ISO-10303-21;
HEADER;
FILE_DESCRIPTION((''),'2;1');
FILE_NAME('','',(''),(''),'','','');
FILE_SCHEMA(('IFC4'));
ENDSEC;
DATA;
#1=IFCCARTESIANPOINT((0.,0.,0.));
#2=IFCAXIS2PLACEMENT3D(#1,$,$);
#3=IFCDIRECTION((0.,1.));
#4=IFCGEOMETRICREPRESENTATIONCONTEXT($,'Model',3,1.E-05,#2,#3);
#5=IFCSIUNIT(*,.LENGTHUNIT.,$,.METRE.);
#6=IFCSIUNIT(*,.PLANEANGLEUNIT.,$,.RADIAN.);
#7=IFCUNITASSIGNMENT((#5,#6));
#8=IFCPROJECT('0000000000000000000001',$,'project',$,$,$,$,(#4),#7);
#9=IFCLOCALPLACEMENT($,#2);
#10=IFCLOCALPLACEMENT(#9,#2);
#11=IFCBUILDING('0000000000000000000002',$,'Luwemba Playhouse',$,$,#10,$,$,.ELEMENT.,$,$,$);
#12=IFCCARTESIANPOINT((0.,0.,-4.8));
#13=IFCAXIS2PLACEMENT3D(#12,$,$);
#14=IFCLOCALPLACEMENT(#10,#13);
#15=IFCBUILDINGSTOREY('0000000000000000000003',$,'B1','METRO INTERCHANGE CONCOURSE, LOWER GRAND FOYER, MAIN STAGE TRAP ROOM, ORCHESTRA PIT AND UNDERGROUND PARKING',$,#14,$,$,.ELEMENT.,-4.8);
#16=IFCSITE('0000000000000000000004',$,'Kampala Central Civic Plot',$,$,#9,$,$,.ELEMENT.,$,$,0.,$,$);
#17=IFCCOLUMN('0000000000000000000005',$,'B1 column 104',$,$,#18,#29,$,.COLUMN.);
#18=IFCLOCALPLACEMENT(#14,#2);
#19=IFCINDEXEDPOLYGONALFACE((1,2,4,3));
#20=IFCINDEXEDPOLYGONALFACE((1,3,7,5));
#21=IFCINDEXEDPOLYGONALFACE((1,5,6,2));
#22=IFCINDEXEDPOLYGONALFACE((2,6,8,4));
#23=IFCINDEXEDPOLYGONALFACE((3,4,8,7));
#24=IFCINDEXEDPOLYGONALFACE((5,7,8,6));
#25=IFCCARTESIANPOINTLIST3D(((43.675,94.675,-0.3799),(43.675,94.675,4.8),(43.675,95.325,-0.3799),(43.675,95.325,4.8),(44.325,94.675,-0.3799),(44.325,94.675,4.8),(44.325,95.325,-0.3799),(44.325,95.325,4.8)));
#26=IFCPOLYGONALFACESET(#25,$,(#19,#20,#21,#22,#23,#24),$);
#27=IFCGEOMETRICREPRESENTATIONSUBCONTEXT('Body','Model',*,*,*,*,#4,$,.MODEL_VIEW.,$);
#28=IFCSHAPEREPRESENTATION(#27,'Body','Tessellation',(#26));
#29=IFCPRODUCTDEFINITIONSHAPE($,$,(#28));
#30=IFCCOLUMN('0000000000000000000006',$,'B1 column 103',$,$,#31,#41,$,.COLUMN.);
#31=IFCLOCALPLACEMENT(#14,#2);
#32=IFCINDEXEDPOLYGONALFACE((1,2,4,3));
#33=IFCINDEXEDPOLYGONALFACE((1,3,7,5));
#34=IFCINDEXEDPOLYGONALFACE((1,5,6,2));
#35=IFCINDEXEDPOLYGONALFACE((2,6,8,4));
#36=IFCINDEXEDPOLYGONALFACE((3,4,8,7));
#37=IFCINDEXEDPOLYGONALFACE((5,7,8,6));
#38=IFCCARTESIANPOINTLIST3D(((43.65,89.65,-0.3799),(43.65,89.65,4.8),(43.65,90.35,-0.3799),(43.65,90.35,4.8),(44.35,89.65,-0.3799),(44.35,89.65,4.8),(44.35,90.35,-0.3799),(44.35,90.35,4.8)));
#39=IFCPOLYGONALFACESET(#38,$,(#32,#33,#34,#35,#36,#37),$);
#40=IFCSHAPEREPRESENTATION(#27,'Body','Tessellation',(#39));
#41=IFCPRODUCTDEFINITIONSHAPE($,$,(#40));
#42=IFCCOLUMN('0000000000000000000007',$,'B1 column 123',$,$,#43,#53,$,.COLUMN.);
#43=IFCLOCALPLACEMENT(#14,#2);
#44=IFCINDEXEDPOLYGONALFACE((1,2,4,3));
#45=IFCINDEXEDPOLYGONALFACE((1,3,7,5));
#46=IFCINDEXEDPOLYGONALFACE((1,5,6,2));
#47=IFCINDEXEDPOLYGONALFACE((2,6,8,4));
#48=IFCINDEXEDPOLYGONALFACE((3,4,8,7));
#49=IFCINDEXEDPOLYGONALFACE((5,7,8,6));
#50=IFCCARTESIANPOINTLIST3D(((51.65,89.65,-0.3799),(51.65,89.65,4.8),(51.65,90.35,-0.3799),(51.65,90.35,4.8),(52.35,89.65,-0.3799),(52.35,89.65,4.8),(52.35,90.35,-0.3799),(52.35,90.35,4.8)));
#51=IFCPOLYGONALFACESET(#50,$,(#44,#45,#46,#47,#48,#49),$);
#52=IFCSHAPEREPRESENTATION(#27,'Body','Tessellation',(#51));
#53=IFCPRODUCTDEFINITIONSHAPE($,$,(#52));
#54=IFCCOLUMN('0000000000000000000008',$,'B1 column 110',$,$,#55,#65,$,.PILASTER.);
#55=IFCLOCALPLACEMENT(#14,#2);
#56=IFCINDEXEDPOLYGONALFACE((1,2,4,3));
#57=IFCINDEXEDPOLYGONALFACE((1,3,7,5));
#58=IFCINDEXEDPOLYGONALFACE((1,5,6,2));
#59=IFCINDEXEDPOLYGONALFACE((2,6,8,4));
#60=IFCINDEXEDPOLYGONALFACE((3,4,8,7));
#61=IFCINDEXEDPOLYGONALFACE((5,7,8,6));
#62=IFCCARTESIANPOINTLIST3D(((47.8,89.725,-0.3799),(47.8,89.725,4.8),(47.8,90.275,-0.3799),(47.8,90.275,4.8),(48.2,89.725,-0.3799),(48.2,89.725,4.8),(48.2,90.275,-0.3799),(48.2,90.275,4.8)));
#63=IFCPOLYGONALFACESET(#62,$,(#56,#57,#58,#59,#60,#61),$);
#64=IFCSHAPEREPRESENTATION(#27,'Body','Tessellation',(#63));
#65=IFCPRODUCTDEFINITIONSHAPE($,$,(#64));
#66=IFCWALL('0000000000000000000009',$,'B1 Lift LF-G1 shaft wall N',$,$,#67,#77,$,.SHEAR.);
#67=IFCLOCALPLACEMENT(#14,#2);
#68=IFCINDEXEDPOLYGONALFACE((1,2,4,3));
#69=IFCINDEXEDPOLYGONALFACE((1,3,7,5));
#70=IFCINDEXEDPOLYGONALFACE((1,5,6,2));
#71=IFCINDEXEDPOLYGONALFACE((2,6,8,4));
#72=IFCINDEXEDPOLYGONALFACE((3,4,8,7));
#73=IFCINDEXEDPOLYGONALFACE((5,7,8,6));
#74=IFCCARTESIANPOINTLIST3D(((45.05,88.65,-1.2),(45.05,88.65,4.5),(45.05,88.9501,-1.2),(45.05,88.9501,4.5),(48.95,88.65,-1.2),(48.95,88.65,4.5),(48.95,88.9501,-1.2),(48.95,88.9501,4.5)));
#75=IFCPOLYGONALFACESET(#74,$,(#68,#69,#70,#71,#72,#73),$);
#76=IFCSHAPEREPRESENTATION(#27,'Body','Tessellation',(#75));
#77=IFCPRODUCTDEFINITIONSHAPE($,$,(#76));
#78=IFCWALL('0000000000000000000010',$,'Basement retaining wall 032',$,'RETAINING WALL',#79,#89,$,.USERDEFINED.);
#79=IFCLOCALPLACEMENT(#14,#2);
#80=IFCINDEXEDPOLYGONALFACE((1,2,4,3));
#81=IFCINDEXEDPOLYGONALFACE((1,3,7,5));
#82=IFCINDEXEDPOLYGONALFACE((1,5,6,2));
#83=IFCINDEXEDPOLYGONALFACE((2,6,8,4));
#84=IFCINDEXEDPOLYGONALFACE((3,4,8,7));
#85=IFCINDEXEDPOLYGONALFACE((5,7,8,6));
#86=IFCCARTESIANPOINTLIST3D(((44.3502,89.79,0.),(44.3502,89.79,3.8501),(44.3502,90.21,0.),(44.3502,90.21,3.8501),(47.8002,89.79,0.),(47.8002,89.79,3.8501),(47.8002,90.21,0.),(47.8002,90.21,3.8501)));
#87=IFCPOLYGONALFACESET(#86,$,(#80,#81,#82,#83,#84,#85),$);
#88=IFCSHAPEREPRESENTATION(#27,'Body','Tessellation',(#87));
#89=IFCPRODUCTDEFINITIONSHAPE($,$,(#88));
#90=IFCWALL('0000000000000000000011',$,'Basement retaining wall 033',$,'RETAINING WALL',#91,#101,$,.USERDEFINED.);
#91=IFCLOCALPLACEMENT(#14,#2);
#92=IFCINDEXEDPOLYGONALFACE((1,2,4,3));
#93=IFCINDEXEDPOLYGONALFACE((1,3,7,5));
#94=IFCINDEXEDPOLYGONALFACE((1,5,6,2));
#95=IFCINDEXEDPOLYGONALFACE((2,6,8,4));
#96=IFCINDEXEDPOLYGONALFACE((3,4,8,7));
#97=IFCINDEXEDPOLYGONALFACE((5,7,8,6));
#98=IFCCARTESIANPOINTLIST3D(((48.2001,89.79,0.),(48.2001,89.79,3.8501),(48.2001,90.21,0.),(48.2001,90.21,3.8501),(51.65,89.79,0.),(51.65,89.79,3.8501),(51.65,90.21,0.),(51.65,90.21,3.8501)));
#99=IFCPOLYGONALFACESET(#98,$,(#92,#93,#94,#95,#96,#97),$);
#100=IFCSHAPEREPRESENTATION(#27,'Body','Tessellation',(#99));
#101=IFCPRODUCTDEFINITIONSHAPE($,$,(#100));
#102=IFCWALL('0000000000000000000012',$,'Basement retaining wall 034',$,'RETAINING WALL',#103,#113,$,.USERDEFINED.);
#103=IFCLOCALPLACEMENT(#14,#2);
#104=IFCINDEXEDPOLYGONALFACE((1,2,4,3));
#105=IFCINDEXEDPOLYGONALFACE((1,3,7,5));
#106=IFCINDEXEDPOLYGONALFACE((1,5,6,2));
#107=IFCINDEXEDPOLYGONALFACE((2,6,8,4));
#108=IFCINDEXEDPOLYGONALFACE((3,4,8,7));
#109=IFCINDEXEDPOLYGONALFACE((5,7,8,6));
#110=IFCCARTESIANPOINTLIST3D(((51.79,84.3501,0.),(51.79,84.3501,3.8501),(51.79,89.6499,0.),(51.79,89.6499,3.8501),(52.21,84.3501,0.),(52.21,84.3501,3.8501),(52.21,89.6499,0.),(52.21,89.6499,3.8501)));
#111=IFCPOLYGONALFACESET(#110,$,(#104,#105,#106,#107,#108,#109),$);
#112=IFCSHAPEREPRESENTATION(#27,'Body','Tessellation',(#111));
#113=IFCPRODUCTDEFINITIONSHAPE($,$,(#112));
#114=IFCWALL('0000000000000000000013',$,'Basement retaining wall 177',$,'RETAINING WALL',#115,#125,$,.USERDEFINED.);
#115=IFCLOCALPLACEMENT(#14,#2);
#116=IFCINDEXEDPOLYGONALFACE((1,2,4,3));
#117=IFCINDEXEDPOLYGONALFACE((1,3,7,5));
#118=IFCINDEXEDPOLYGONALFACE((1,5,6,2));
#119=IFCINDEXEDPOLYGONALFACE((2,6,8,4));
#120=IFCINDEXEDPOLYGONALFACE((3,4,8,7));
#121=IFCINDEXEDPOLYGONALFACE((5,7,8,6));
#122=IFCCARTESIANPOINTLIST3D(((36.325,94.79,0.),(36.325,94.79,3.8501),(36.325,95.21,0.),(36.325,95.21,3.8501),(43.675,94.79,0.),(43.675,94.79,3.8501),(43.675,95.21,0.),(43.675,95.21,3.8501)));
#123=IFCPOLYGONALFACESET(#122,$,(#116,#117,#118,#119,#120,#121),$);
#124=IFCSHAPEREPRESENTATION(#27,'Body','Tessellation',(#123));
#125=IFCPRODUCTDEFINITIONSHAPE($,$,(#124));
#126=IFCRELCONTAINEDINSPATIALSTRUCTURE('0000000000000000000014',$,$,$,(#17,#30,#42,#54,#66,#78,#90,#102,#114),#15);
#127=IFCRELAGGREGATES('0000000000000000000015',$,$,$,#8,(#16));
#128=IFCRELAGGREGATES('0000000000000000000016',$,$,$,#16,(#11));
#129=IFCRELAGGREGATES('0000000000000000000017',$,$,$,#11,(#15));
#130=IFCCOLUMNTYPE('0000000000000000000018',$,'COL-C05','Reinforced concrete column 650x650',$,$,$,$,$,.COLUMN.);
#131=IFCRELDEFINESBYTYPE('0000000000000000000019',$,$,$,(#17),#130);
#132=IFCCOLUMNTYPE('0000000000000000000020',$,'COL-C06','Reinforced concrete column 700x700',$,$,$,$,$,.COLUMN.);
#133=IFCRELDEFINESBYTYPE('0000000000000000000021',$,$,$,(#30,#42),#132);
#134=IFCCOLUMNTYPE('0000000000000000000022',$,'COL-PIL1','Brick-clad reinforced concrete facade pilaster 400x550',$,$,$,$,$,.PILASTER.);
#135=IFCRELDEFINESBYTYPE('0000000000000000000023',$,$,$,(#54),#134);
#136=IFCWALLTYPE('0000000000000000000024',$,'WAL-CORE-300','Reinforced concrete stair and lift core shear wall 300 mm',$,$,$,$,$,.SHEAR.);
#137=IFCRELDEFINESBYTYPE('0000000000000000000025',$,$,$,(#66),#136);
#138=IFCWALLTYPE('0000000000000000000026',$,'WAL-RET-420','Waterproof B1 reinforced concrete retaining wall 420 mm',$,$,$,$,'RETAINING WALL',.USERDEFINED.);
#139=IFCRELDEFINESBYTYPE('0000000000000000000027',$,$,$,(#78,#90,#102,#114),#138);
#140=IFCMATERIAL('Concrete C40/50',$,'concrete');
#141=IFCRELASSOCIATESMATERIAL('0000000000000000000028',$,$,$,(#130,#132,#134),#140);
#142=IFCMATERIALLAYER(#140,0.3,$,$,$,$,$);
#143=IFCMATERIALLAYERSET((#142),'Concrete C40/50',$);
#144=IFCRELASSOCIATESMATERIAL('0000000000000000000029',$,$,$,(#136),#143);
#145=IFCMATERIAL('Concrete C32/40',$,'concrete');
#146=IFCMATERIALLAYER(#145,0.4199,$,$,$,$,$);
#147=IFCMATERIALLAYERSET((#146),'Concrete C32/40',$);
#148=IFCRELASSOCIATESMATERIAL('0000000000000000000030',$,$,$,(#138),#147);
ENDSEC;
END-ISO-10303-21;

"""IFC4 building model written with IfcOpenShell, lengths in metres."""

from ifc_helpers import new_model, si_unit, direction, frame, frame_2d, origin, origin_2d, place, context, subcontext, project, spatial, rectangle, extrude, material, layer, layer_set, material_profile, profile_set, type_object, element, save


model = new_model("IFC4")

# Units and contexts
model_context = context("Model", 3, precision=1e-05, world=origin(), true_north=direction((0.0, 1.0)))
body_context = subcontext(model_context, "Body", "Model", "MODEL_VIEW")
ifc_project = project(units=[si_unit("LENGTHUNIT", "METRE"), si_unit("PLANEANGLEUNIT", "RADIAN")], contexts=[model_context])

# Site, building, storey
site_placement = place(None, origin())
site = spatial("IfcSite", under=ifc_project, at=site_placement, Name="Kampala Central Civic Plot", CompositionType="ELEMENT", RefElevation=0.0)
building_placement = place(site_placement, origin())
building = spatial("IfcBuilding", under=site, at=building_placement, Name="Luwemba Playhouse", CompositionType="ELEMENT")
storey_placement = place(building_placement, frame((0.0, 0.0, -4.8)))
storey = spatial("IfcBuildingStorey", under=building, at=storey_placement, Name="B1", Description="METRO INTERCHANGE CONCOURSE, LOWER GRAND FOYER, MAIN STAGE TRAP ROOM, ORCHESTRA PIT AND UNDERGROUND PARKING", CompositionType="ELEMENT", Elevation=-4.8)

# Shared definitions
ifc_material_1 = material(Name="Concrete C32/40", Category="concrete")

# Columns
ifc_material_2 = material(Name="Concrete C40/50", Category="concrete")
ifc_material_profile_1 = material_profile(ifc_material_2, rectangle(XDim=0.6499, YDim=0.6499, at=origin_2d()))
ifc_profile_set_1 = profile_set([ifc_material_profile_1], Name="Concrete C40/50")
column_type_1 = type_object("IfcColumnType", Name="COL-C05", Description="Reinforced concrete column 650x650", PredefinedType="COLUMN", material=ifc_profile_set_1)
column_1_placement = place(storey_placement, frame((44.0, 95.0, -0.3799), z_axis=(0.0, 0.0, 1.0), x_axis=(1.0, 0.0, 0.0)))
element("IfcColumn", 1, at=column_1_placement, inside=storey, type_object=column_type_1, Name="B1 column 104", PredefinedType="COLUMN", context=body_context, shape_type="SweptSolid", body=[
    extrude(rectangle(XDim=0.6499, YDim=0.6499, at=origin_2d()), origin(), (0.0, 0.0, 1.0), 5.1799),
])
ifc_material_profile_2 = material_profile(ifc_material_2, rectangle(XDim=0.7, YDim=0.7, at=origin_2d()))
ifc_profile_set_2 = profile_set([ifc_material_profile_2], Name="Concrete C40/50")
column_type_2 = type_object("IfcColumnType", Name="COL-C06", Description="Reinforced concrete column 700x700", PredefinedType="COLUMN", material=ifc_profile_set_2)
for number, where, z_axis, x_axis, name in (
    (2, (44.0, 90.0, -0.3799), (0.0, 0.0, 1.0), (1.0, 0.0, 0.0), "B1 column 103"),
    (3, (52.0, 90.0, -0.3799), (0.0, 0.0, 1.0), (1.0, 0.0, 0.0), "B1 column 123"),
):
    element("IfcColumn", number, at=place(storey_placement, frame(where, z_axis=z_axis, x_axis=x_axis)), inside=storey, type_object=column_type_2, Name=name, PredefinedType="COLUMN", context=body_context, shape_type="SweptSolid", body=[
        extrude(rectangle(XDim=0.7, YDim=0.7, at=origin_2d()), origin(), (0.0, 0.0, 1.0), 5.1799),
    ])
ifc_material_profile_3 = material_profile(ifc_material_2, rectangle(XDim=0.3999, YDim=0.55, at=origin_2d()))
ifc_profile_set_3 = profile_set([ifc_material_profile_3], Name="Concrete C40/50")
column_type_3 = type_object("IfcColumnType", Name="COL-PIL1", Description="Brick-clad reinforced concrete facade pilaster 400x550", PredefinedType="PILASTER", material=ifc_profile_set_3)
column_2_placement = place(storey_placement, frame((48.0, 90.0, -0.3799), z_axis=(0.0, 0.0, 1.0), x_axis=(1.0, 0.0, 0.0)))
element("IfcColumn", 4, at=column_2_placement, inside=storey, type_object=column_type_3, Name="B1 column 110", PredefinedType="PILASTER", context=body_context, shape_type="SweptSolid", body=[
    extrude(rectangle(XDim=0.3999, YDim=0.55, at=origin_2d()), origin(), (0.0, 0.0, 1.0), 5.1799),
])

# Walls
ifc_layer_1 = layer(ifc_material_2, 0.3)
ifc_layer_set_1 = layer_set([ifc_layer_1], Name="Concrete C40/50")
wall_type_1 = type_object("IfcWallType", Name="WAL-CORE-300", Description="Reinforced concrete stair and lift core shear wall 300 mm", PredefinedType="SHEAR", material=ifc_layer_set_1)
wall_1_placement = place(storey_placement, frame((48.95, 88.8, -1.2), z_axis=(0.0, 0.0, 1.0), x_axis=(-1.0, 0.0, 0.0)))
element("IfcWall", 5, at=wall_1_placement, inside=storey, type_object=wall_type_1, Name="B1 Lift LF-G1 shaft wall N", PredefinedType="SHEAR", context=body_context, shape_type="SweptSolid", body=[
    extrude(rectangle(XDim=3.8999, YDim=0.3, at=frame_2d((1.95, 0.0))), origin(), (0.0, 0.0, 1.0), 5.7),
])
ifc_layer_2 = layer(ifc_material_1, 0.4199)
ifc_layer_set_2 = layer_set([ifc_layer_2], Name="Concrete C32/40")
wall_type_2 = type_object("IfcWallType", Name="WAL-RET-420", Description="Waterproof B1 reinforced concrete retaining wall 420 mm", ElementType="RETAINING WALL", PredefinedType="USERDEFINED", material=ifc_layer_set_2)
for number, where, z_axis, x_axis, name in (
    (6, (44.3501, 90.0, 0.0), (0.0, 0.0, 1.0), (1.0, 0.0, 0.0), "Basement retaining wall 032"),
    (7, (48.2, 90.0, 0.0), (0.0, 0.0, 1.0), (1.0, 0.0, 0.0), "Basement retaining wall 033"),
):
    element("IfcWall", number, at=place(storey_placement, frame(where, z_axis=z_axis, x_axis=x_axis)), inside=storey, type_object=wall_type_2, Name=name, ObjectType="RETAINING WALL", PredefinedType="USERDEFINED", context=body_context, shape_type="SweptSolid", body=[
        extrude(rectangle(XDim=3.45, YDim=0.4199, at=frame_2d((1.7251, 0.0))), origin(), (0.0, 0.0, 1.0), 3.8501),
    ])
wall_2_placement = place(storey_placement, frame((52.0, 89.6499, 0.0), z_axis=(0.0, 0.0, 1.0), x_axis=(0.0, -1.0, 0.0)))
element("IfcWall", 8, at=wall_2_placement, inside=storey, type_object=wall_type_2, Name="Basement retaining wall 034", ObjectType="RETAINING WALL", PredefinedType="USERDEFINED", context=body_context, shape_type="SweptSolid", body=[
    extrude(rectangle(XDim=5.2998, YDim=0.4199, at=frame_2d((2.6499, 0.0))), origin(), (0.0, 0.0, 1.0), 3.8501),
])
wall_3_placement = place(storey_placement, frame((43.675, 95.0, 0.0), z_axis=(0.0, 0.0, 1.0), x_axis=(-1.0, 0.0, 0.0)))
element("IfcWall", 9, at=wall_3_placement, inside=storey, type_object=wall_type_2, Name="Basement retaining wall 177", ObjectType="RETAINING WALL", PredefinedType="USERDEFINED", context=body_context, shape_type="SweptSolid", body=[
    extrude(rectangle(XDim=7.3501, YDim=0.4199, at=frame_2d((3.675, 0.0))), origin(), (0.0, 0.0, 1.0), 3.8501),
])

save(model, "model.ifc")
